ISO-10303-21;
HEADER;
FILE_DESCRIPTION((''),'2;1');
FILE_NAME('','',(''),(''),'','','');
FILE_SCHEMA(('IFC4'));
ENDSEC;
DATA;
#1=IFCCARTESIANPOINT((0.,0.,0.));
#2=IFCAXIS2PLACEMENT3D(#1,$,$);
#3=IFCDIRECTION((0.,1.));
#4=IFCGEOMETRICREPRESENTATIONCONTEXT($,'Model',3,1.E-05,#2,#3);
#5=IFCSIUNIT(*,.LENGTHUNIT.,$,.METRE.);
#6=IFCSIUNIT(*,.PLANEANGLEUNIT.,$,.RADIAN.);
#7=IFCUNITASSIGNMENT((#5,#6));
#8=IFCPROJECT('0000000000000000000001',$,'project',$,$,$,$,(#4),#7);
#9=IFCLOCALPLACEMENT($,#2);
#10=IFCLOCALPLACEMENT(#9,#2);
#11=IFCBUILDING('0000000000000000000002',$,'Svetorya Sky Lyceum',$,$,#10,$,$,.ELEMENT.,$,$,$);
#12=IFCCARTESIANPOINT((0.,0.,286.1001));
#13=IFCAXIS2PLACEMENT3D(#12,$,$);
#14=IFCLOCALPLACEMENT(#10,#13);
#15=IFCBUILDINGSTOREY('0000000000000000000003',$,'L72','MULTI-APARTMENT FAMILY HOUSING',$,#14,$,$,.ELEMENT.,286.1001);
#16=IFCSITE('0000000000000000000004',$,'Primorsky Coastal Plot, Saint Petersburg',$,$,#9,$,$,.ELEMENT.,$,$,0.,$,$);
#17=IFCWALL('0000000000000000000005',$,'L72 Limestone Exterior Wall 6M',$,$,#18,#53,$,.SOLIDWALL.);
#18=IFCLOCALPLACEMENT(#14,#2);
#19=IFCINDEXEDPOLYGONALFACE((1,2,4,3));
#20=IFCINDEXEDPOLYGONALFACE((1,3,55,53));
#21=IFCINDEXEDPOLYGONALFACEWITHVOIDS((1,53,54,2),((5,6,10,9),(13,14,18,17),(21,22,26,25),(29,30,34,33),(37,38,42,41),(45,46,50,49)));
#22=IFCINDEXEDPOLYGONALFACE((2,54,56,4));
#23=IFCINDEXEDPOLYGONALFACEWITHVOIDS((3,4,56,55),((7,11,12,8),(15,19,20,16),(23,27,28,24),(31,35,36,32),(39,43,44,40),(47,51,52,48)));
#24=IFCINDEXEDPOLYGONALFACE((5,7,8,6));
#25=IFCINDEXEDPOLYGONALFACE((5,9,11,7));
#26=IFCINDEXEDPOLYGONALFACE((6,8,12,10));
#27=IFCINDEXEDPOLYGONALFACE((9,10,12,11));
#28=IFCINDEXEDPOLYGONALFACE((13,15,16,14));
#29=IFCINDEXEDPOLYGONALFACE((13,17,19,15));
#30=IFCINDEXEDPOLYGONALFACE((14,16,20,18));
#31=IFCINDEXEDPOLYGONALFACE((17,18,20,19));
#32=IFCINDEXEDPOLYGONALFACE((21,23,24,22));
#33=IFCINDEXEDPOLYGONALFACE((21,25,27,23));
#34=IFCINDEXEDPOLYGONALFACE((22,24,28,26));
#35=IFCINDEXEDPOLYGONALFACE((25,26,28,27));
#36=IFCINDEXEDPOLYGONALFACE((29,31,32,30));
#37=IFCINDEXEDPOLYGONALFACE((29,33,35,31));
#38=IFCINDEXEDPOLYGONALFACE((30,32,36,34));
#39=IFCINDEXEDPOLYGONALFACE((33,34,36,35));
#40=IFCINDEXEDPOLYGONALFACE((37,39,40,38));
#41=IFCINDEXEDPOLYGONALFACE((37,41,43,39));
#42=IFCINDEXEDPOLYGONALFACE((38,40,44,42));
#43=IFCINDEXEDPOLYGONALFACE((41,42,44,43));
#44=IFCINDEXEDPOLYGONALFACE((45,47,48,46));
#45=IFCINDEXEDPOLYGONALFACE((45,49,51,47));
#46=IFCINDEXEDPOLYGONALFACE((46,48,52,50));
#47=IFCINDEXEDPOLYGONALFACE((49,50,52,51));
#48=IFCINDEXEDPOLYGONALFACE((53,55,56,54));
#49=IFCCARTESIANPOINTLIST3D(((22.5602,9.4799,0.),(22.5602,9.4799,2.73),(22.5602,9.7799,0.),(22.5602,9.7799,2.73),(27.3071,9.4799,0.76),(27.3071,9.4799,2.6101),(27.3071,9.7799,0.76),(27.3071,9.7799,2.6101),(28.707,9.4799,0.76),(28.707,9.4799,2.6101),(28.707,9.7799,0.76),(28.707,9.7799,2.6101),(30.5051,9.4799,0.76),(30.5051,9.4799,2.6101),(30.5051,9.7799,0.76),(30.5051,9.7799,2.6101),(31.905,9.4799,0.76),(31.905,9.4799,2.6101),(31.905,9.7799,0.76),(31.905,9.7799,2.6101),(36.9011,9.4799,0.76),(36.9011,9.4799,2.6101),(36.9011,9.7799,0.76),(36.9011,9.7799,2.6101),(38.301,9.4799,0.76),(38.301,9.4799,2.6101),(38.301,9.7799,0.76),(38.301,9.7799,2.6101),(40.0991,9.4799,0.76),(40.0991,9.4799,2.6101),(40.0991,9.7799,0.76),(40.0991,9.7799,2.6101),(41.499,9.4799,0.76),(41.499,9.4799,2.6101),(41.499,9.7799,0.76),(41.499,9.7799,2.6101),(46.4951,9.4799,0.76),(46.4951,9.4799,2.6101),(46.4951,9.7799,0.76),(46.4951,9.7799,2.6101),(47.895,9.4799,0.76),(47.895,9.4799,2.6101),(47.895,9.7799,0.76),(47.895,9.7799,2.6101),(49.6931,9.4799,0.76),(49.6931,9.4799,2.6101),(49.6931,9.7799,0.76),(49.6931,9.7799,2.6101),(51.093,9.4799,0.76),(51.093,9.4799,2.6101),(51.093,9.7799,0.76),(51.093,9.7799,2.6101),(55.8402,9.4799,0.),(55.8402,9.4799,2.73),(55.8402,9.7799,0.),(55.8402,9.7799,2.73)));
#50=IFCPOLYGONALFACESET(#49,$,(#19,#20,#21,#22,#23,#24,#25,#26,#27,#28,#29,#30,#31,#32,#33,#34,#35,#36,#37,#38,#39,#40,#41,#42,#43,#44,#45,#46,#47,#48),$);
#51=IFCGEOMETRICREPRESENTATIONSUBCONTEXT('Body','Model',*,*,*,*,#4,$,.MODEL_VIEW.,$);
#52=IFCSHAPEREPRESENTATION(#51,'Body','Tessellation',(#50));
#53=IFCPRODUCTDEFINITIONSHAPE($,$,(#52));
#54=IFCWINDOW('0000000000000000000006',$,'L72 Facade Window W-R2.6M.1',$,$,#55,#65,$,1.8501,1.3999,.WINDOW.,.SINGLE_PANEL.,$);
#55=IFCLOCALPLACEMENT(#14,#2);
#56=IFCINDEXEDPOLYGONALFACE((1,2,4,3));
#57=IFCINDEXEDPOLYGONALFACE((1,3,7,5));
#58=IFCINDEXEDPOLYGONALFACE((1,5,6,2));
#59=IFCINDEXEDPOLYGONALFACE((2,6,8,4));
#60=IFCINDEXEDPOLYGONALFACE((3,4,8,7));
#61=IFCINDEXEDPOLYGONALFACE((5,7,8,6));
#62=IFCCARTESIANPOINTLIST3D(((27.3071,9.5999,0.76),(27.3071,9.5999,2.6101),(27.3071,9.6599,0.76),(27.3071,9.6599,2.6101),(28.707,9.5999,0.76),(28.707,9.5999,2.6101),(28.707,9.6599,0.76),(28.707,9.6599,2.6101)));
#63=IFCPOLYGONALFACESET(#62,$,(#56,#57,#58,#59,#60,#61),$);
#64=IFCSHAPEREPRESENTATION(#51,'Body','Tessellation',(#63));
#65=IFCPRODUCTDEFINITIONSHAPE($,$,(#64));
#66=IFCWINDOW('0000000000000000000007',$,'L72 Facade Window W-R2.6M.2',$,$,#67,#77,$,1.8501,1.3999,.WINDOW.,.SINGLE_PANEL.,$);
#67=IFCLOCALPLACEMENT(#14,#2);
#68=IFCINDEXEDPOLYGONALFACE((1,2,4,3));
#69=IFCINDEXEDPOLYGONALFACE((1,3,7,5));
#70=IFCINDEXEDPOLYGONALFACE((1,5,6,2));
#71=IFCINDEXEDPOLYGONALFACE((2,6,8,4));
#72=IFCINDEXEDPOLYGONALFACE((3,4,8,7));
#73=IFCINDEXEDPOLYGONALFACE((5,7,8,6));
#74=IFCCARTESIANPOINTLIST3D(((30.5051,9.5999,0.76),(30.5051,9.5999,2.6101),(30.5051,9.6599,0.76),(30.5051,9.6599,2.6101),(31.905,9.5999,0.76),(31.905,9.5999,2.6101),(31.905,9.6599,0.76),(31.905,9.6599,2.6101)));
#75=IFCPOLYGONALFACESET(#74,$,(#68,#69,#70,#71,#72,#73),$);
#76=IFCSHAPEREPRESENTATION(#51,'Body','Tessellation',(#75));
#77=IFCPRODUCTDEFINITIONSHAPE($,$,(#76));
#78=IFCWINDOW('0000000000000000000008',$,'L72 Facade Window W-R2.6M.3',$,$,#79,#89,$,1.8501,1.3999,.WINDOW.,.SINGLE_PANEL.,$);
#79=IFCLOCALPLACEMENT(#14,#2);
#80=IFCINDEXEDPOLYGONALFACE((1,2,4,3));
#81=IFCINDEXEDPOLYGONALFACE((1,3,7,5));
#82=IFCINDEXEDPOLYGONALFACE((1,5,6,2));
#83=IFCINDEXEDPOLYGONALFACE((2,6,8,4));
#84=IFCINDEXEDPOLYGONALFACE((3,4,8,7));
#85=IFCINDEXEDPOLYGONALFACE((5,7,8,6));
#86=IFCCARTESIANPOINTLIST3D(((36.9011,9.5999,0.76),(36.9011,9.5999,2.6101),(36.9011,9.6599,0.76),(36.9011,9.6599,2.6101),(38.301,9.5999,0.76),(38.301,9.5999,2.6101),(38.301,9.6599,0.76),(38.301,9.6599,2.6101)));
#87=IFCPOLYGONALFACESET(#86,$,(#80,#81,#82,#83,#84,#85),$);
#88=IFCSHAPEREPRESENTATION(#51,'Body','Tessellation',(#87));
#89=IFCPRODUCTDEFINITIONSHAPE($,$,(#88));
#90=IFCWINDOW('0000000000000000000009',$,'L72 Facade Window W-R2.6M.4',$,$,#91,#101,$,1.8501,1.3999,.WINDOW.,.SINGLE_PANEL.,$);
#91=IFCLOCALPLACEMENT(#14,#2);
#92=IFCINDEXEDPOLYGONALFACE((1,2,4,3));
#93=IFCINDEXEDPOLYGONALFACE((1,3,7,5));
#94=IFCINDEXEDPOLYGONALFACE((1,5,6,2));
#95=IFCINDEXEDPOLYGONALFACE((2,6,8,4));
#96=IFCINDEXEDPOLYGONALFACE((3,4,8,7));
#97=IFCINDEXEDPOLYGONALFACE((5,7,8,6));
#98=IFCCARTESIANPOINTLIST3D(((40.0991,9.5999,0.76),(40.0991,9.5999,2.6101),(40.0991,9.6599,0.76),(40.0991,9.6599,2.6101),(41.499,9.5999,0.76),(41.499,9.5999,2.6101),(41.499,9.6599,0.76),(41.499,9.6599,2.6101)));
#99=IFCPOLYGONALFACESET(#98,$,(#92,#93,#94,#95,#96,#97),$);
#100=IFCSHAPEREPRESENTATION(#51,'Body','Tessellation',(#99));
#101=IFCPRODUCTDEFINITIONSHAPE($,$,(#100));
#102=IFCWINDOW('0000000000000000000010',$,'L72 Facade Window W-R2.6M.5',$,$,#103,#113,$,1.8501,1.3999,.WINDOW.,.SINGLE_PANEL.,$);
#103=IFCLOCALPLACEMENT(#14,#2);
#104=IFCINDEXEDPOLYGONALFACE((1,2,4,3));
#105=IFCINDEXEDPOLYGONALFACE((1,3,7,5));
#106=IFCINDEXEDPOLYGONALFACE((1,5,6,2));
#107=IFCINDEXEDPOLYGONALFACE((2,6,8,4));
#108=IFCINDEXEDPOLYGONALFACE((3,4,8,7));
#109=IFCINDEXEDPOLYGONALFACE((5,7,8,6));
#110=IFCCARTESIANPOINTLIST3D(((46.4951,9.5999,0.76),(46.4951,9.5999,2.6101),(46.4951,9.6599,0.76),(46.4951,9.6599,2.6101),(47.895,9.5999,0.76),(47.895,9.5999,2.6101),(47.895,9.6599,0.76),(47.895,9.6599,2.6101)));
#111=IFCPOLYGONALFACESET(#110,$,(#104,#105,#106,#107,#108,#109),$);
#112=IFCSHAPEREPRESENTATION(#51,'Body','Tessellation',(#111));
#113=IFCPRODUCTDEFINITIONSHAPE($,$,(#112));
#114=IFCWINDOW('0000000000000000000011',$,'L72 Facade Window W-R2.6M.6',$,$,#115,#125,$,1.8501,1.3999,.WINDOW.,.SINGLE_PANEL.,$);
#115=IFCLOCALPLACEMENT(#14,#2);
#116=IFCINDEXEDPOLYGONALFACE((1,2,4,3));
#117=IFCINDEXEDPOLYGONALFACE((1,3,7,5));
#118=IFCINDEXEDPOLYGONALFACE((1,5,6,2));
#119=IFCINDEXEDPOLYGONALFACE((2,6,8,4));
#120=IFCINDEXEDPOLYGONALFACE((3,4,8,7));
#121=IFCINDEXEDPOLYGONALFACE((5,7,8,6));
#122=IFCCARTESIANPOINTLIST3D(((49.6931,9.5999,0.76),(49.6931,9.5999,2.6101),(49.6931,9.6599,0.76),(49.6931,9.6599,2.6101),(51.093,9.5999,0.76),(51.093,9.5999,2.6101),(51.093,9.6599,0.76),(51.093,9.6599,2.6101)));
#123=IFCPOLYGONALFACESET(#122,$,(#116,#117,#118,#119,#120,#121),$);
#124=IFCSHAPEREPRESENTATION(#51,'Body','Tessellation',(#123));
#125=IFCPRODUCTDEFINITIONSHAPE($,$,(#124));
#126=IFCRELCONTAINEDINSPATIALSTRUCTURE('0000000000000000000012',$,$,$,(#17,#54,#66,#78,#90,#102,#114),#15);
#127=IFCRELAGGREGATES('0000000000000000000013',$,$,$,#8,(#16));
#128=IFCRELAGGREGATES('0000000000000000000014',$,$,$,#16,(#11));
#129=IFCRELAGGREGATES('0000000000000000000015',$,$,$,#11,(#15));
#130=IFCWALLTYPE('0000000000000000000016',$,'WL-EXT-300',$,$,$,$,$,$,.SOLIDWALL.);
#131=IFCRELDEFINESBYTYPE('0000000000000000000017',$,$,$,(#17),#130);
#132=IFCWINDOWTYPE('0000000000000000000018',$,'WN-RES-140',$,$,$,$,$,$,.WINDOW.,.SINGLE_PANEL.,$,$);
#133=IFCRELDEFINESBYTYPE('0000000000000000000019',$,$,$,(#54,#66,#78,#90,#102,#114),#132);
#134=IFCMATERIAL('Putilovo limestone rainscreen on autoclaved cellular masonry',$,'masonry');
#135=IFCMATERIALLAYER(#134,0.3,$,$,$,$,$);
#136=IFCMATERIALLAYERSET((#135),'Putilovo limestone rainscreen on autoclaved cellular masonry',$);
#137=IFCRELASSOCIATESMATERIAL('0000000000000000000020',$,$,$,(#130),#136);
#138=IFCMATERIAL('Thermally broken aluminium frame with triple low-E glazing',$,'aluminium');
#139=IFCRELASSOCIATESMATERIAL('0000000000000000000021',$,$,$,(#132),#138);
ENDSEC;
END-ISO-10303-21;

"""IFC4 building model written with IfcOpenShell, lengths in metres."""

from ifc_helpers import new_model, si_unit, direction, frame, frame_2d, origin, place, context, subcontext, project, spatial, rectangle, extrude, material, layer, layer_set, type_object, element, fill, save


model = new_model("IFC4")

# Units and contexts
model_context = context("Model", 3, precision=1e-05, world=origin(), true_north=direction((0.0, 1.0)))
body_context = subcontext(model_context, "Body", "Model", "MODEL_VIEW")
ifc_project = project(units=[si_unit("LENGTHUNIT", "METRE"), si_unit("PLANEANGLEUNIT", "RADIAN")], contexts=[model_context])

# Site, building, storey
site_placement = place(None, origin())
site = spatial("IfcSite", under=ifc_project, at=site_placement, Name="Primorsky Coastal Plot, Saint Petersburg", CompositionType="ELEMENT", RefElevation=0.0)
building_placement = place(site_placement, origin())
building = spatial("IfcBuilding", under=site, at=building_placement, Name="Svetorya Sky Lyceum", CompositionType="ELEMENT")
storey_placement = place(building_placement, frame((0.0, 0.0, 286.1001)))
storey = spatial("IfcBuildingStorey", under=building, at=storey_placement, Name="L72", Description="MULTI-APARTMENT FAMILY HOUSING", CompositionType="ELEMENT", Elevation=286.1001)

# Wall, openings, windows
ifc_material_1 = material(Name="Putilovo limestone rainscreen on autoclaved cellular masonry", Category="masonry")
ifc_layer_1 = layer(ifc_material_1, 0.3)
ifc_layer_set_1 = layer_set([ifc_layer_1], Name="Putilovo limestone rainscreen on autoclaved cellular masonry")
wall_type_1 = type_object("IfcWallType", Name="WL-EXT-300", PredefinedType="SOLIDWALL", material=ifc_layer_set_1)
wall_1_placement = place(storey_placement, frame((22.5601, 9.6299, 0.0), z_axis=(0.0, 0.0, 1.0), x_axis=(1.0, 0.0, 0.0)))
wall_1 = element("IfcWall", 1, at=wall_1_placement, inside=storey, type_object=wall_type_1, Name="L72 Limestone Exterior Wall 6M", PredefinedType="SOLIDWALL", context=body_context, shape_type="SweptSolid", body=[
    extrude(rectangle(XDim=33.28, YDim=0.3, at=frame_2d((16.6401, 0.0))), origin(), (0.0, 0.0, 1.0), 2.73),
])
opening_1_placement = place(wall_1_placement, frame((4.7471, 0.0, 0.76)))
opening_1 = element("IfcOpeningElement", 2, at=opening_1_placement, cuts=wall_1, PredefinedType="OPENING", context=body_context, shape_type="SweptSolid", body=[
    extrude(rectangle(XDim=1.3999, YDim=1.8501, at=frame_2d((0.7, 0.925))), frame((0.0, 0.1599, 0.0), z_axis=(0.0, -1.0, 0.0), x_axis=(1.0, 0.0, 0.0)), (0.0, 0.0, 1.0), 0.3201),
])
opening_2_placement = place(wall_1_placement, frame((7.9451, 0.0, 0.76)))
opening_2 = element("IfcOpeningElement", 3, at=opening_2_placement, cuts=wall_1, PredefinedType="OPENING", context=body_context, shape_type="SweptSolid", body=[
    extrude(rectangle(XDim=1.3999, YDim=1.8501, at=frame_2d((0.7, 0.925))), frame((0.0, 0.1599, 0.0), z_axis=(0.0, -1.0, 0.0), x_axis=(1.0, 0.0, 0.0)), (0.0, 0.0, 1.0), 0.3201),
])
opening_3_placement = place(wall_1_placement, frame((14.3411, 0.0, 0.76)))
opening_3 = element("IfcOpeningElement", 4, at=opening_3_placement, cuts=wall_1, PredefinedType="OPENING", context=body_context, shape_type="SweptSolid", body=[
    extrude(rectangle(XDim=1.3999, YDim=1.8501, at=frame_2d((0.7, 0.925))), frame((0.0, 0.1599, 0.0), z_axis=(0.0, -1.0, 0.0), x_axis=(1.0, 0.0, 0.0)), (0.0, 0.0, 1.0), 0.3201),
])
opening_4_placement = place(wall_1_placement, frame((17.5391, 0.0, 0.76)))
opening_4 = element("IfcOpeningElement", 5, at=opening_4_placement, cuts=wall_1, PredefinedType="OPENING", context=body_context, shape_type="SweptSolid", body=[
    extrude(rectangle(XDim=1.3999, YDim=1.8501, at=frame_2d((0.7, 0.925))), frame((0.0, 0.1599, 0.0), z_axis=(0.0, -1.0, 0.0), x_axis=(1.0, 0.0, 0.0)), (0.0, 0.0, 1.0), 0.3201),
])
opening_5_placement = place(wall_1_placement, frame((23.9351, 0.0, 0.76)))
opening_5 = element("IfcOpeningElement", 6, at=opening_5_placement, cuts=wall_1, PredefinedType="OPENING", context=body_context, shape_type="SweptSolid", body=[
    extrude(rectangle(XDim=1.3999, YDim=1.8501, at=frame_2d((0.7, 0.925))), frame((0.0, 0.1599, 0.0), z_axis=(0.0, -1.0, 0.0), x_axis=(1.0, 0.0, 0.0)), (0.0, 0.0, 1.0), 0.3201),
])
opening_6_placement = place(wall_1_placement, frame((27.1331, 0.0, 0.76)))
opening_6 = element("IfcOpeningElement", 7, at=opening_6_placement, cuts=wall_1, PredefinedType="OPENING", context=body_context, shape_type="SweptSolid", body=[
    extrude(rectangle(XDim=1.3999, YDim=1.8501, at=frame_2d((0.7, 0.925))), frame((0.0, 0.1599, 0.0), z_axis=(0.0, -1.0, 0.0), x_axis=(1.0, 0.0, 0.0)), (0.0, 0.0, 1.0), 0.3201),
])
ifc_material_2 = material(Name="Thermally broken aluminium frame with triple low-E glazing", Category="aluminium")
window_type = type_object("IfcWindowType", Name="WN-RES-140", PartitioningType="SINGLE_PANEL", PredefinedType="WINDOW", material=ifc_material_2)
window_1_placement = place(opening_1_placement, origin())
window_1 = element("IfcWindow", 8, at=window_1_placement, inside=storey, type_object=window_type, Name="L72 Facade Window W-R2.6M.1", OverallHeight=1.8501, OverallWidth=1.3999, PartitioningType="SINGLE_PANEL", PredefinedType="WINDOW", context=body_context, shape_type="SweptSolid", body=[
    extrude(rectangle(XDim=1.3999, YDim=1.8501, at=frame_2d((0.7, 0.925))), frame((0.0, 0.03, 0.0), z_axis=(0.0, -1.0, 0.0), x_axis=(1.0, 0.0, 0.0)), (0.0, 0.0, 1.0), 0.0601),
])
fill(opening_1, window_1)
window_2_placement = place(opening_2_placement, origin())
window_2 = element("IfcWindow", 9, at=window_2_placement, inside=storey, type_object=window_type, Name="L72 Facade Window W-R2.6M.2", OverallHeight=1.8501, OverallWidth=1.3999, PartitioningType="SINGLE_PANEL", PredefinedType="WINDOW", context=body_context, shape_type="SweptSolid", body=[
    extrude(rectangle(XDim=1.3999, YDim=1.8501, at=frame_2d((0.7, 0.925))), frame((0.0, 0.03, 0.0), z_axis=(0.0, -1.0, 0.0), x_axis=(1.0, 0.0, 0.0)), (0.0, 0.0, 1.0), 0.0601),
])
fill(opening_2, window_2)
window_3_placement = place(opening_3_placement, origin())
window_3 = element("IfcWindow", 10, at=window_3_placement, inside=storey, type_object=window_type, Name="L72 Facade Window W-R2.6M.3", OverallHeight=1.8501, OverallWidth=1.3999, PartitioningType="SINGLE_PANEL", PredefinedType="WINDOW", context=body_context, shape_type="SweptSolid", body=[
    extrude(rectangle(XDim=1.3999, YDim=1.8501, at=frame_2d((0.7, 0.925))), frame((0.0, 0.03, 0.0), z_axis=(0.0, -1.0, 0.0), x_axis=(1.0, 0.0, 0.0)), (0.0, 0.0, 1.0), 0.0601),
])
fill(opening_3, window_3)
window_4_placement = place(opening_4_placement, origin())
window_4 = element("IfcWindow", 11, at=window_4_placement, inside=storey, type_object=window_type, Name="L72 Facade Window W-R2.6M.4", OverallHeight=1.8501, OverallWidth=1.3999, PartitioningType="SINGLE_PANEL", PredefinedType="WINDOW", context=body_context, shape_type="SweptSolid", body=[
    extrude(rectangle(XDim=1.3999, YDim=1.8501, at=frame_2d((0.7, 0.925))), frame((0.0, 0.03, 0.0), z_axis=(0.0, -1.0, 0.0), x_axis=(1.0, 0.0, 0.0)), (0.0, 0.0, 1.0), 0.0601),
])
fill(opening_4, window_4)
window_5_placement = place(opening_5_placement, origin())
window_5 = element("IfcWindow", 12, at=window_5_placement, inside=storey, type_object=window_type, Name="L72 Facade Window W-R2.6M.5", OverallHeight=1.8501, OverallWidth=1.3999, PartitioningType="SINGLE_PANEL", PredefinedType="WINDOW", context=body_context, shape_type="SweptSolid", body=[
    extrude(rectangle(XDim=1.3999, YDim=1.8501, at=frame_2d((0.7, 0.925))), frame((0.0, 0.03, 0.0), z_axis=(0.0, -1.0, 0.0), x_axis=(1.0, 0.0, 0.0)), (0.0, 0.0, 1.0), 0.0601),
])
fill(opening_5, window_5)
window_6_placement = place(opening_6_placement, origin())
window_6 = element("IfcWindow", 13, at=window_6_placement, inside=storey, type_object=window_type, Name="L72 Facade Window W-R2.6M.6", OverallHeight=1.8501, OverallWidth=1.3999, PartitioningType="SINGLE_PANEL", PredefinedType="WINDOW", context=body_context, shape_type="SweptSolid", body=[
    extrude(rectangle(XDim=1.3999, YDim=1.8501, at=frame_2d((0.7, 0.925))), frame((0.0, 0.03, 0.0), z_axis=(0.0, -1.0, 0.0), x_axis=(1.0, 0.0, 0.0)), (0.0, 0.0, 1.0), 0.0601),
])
fill(opening_6, window_6)

save(model, "model.ifc")
